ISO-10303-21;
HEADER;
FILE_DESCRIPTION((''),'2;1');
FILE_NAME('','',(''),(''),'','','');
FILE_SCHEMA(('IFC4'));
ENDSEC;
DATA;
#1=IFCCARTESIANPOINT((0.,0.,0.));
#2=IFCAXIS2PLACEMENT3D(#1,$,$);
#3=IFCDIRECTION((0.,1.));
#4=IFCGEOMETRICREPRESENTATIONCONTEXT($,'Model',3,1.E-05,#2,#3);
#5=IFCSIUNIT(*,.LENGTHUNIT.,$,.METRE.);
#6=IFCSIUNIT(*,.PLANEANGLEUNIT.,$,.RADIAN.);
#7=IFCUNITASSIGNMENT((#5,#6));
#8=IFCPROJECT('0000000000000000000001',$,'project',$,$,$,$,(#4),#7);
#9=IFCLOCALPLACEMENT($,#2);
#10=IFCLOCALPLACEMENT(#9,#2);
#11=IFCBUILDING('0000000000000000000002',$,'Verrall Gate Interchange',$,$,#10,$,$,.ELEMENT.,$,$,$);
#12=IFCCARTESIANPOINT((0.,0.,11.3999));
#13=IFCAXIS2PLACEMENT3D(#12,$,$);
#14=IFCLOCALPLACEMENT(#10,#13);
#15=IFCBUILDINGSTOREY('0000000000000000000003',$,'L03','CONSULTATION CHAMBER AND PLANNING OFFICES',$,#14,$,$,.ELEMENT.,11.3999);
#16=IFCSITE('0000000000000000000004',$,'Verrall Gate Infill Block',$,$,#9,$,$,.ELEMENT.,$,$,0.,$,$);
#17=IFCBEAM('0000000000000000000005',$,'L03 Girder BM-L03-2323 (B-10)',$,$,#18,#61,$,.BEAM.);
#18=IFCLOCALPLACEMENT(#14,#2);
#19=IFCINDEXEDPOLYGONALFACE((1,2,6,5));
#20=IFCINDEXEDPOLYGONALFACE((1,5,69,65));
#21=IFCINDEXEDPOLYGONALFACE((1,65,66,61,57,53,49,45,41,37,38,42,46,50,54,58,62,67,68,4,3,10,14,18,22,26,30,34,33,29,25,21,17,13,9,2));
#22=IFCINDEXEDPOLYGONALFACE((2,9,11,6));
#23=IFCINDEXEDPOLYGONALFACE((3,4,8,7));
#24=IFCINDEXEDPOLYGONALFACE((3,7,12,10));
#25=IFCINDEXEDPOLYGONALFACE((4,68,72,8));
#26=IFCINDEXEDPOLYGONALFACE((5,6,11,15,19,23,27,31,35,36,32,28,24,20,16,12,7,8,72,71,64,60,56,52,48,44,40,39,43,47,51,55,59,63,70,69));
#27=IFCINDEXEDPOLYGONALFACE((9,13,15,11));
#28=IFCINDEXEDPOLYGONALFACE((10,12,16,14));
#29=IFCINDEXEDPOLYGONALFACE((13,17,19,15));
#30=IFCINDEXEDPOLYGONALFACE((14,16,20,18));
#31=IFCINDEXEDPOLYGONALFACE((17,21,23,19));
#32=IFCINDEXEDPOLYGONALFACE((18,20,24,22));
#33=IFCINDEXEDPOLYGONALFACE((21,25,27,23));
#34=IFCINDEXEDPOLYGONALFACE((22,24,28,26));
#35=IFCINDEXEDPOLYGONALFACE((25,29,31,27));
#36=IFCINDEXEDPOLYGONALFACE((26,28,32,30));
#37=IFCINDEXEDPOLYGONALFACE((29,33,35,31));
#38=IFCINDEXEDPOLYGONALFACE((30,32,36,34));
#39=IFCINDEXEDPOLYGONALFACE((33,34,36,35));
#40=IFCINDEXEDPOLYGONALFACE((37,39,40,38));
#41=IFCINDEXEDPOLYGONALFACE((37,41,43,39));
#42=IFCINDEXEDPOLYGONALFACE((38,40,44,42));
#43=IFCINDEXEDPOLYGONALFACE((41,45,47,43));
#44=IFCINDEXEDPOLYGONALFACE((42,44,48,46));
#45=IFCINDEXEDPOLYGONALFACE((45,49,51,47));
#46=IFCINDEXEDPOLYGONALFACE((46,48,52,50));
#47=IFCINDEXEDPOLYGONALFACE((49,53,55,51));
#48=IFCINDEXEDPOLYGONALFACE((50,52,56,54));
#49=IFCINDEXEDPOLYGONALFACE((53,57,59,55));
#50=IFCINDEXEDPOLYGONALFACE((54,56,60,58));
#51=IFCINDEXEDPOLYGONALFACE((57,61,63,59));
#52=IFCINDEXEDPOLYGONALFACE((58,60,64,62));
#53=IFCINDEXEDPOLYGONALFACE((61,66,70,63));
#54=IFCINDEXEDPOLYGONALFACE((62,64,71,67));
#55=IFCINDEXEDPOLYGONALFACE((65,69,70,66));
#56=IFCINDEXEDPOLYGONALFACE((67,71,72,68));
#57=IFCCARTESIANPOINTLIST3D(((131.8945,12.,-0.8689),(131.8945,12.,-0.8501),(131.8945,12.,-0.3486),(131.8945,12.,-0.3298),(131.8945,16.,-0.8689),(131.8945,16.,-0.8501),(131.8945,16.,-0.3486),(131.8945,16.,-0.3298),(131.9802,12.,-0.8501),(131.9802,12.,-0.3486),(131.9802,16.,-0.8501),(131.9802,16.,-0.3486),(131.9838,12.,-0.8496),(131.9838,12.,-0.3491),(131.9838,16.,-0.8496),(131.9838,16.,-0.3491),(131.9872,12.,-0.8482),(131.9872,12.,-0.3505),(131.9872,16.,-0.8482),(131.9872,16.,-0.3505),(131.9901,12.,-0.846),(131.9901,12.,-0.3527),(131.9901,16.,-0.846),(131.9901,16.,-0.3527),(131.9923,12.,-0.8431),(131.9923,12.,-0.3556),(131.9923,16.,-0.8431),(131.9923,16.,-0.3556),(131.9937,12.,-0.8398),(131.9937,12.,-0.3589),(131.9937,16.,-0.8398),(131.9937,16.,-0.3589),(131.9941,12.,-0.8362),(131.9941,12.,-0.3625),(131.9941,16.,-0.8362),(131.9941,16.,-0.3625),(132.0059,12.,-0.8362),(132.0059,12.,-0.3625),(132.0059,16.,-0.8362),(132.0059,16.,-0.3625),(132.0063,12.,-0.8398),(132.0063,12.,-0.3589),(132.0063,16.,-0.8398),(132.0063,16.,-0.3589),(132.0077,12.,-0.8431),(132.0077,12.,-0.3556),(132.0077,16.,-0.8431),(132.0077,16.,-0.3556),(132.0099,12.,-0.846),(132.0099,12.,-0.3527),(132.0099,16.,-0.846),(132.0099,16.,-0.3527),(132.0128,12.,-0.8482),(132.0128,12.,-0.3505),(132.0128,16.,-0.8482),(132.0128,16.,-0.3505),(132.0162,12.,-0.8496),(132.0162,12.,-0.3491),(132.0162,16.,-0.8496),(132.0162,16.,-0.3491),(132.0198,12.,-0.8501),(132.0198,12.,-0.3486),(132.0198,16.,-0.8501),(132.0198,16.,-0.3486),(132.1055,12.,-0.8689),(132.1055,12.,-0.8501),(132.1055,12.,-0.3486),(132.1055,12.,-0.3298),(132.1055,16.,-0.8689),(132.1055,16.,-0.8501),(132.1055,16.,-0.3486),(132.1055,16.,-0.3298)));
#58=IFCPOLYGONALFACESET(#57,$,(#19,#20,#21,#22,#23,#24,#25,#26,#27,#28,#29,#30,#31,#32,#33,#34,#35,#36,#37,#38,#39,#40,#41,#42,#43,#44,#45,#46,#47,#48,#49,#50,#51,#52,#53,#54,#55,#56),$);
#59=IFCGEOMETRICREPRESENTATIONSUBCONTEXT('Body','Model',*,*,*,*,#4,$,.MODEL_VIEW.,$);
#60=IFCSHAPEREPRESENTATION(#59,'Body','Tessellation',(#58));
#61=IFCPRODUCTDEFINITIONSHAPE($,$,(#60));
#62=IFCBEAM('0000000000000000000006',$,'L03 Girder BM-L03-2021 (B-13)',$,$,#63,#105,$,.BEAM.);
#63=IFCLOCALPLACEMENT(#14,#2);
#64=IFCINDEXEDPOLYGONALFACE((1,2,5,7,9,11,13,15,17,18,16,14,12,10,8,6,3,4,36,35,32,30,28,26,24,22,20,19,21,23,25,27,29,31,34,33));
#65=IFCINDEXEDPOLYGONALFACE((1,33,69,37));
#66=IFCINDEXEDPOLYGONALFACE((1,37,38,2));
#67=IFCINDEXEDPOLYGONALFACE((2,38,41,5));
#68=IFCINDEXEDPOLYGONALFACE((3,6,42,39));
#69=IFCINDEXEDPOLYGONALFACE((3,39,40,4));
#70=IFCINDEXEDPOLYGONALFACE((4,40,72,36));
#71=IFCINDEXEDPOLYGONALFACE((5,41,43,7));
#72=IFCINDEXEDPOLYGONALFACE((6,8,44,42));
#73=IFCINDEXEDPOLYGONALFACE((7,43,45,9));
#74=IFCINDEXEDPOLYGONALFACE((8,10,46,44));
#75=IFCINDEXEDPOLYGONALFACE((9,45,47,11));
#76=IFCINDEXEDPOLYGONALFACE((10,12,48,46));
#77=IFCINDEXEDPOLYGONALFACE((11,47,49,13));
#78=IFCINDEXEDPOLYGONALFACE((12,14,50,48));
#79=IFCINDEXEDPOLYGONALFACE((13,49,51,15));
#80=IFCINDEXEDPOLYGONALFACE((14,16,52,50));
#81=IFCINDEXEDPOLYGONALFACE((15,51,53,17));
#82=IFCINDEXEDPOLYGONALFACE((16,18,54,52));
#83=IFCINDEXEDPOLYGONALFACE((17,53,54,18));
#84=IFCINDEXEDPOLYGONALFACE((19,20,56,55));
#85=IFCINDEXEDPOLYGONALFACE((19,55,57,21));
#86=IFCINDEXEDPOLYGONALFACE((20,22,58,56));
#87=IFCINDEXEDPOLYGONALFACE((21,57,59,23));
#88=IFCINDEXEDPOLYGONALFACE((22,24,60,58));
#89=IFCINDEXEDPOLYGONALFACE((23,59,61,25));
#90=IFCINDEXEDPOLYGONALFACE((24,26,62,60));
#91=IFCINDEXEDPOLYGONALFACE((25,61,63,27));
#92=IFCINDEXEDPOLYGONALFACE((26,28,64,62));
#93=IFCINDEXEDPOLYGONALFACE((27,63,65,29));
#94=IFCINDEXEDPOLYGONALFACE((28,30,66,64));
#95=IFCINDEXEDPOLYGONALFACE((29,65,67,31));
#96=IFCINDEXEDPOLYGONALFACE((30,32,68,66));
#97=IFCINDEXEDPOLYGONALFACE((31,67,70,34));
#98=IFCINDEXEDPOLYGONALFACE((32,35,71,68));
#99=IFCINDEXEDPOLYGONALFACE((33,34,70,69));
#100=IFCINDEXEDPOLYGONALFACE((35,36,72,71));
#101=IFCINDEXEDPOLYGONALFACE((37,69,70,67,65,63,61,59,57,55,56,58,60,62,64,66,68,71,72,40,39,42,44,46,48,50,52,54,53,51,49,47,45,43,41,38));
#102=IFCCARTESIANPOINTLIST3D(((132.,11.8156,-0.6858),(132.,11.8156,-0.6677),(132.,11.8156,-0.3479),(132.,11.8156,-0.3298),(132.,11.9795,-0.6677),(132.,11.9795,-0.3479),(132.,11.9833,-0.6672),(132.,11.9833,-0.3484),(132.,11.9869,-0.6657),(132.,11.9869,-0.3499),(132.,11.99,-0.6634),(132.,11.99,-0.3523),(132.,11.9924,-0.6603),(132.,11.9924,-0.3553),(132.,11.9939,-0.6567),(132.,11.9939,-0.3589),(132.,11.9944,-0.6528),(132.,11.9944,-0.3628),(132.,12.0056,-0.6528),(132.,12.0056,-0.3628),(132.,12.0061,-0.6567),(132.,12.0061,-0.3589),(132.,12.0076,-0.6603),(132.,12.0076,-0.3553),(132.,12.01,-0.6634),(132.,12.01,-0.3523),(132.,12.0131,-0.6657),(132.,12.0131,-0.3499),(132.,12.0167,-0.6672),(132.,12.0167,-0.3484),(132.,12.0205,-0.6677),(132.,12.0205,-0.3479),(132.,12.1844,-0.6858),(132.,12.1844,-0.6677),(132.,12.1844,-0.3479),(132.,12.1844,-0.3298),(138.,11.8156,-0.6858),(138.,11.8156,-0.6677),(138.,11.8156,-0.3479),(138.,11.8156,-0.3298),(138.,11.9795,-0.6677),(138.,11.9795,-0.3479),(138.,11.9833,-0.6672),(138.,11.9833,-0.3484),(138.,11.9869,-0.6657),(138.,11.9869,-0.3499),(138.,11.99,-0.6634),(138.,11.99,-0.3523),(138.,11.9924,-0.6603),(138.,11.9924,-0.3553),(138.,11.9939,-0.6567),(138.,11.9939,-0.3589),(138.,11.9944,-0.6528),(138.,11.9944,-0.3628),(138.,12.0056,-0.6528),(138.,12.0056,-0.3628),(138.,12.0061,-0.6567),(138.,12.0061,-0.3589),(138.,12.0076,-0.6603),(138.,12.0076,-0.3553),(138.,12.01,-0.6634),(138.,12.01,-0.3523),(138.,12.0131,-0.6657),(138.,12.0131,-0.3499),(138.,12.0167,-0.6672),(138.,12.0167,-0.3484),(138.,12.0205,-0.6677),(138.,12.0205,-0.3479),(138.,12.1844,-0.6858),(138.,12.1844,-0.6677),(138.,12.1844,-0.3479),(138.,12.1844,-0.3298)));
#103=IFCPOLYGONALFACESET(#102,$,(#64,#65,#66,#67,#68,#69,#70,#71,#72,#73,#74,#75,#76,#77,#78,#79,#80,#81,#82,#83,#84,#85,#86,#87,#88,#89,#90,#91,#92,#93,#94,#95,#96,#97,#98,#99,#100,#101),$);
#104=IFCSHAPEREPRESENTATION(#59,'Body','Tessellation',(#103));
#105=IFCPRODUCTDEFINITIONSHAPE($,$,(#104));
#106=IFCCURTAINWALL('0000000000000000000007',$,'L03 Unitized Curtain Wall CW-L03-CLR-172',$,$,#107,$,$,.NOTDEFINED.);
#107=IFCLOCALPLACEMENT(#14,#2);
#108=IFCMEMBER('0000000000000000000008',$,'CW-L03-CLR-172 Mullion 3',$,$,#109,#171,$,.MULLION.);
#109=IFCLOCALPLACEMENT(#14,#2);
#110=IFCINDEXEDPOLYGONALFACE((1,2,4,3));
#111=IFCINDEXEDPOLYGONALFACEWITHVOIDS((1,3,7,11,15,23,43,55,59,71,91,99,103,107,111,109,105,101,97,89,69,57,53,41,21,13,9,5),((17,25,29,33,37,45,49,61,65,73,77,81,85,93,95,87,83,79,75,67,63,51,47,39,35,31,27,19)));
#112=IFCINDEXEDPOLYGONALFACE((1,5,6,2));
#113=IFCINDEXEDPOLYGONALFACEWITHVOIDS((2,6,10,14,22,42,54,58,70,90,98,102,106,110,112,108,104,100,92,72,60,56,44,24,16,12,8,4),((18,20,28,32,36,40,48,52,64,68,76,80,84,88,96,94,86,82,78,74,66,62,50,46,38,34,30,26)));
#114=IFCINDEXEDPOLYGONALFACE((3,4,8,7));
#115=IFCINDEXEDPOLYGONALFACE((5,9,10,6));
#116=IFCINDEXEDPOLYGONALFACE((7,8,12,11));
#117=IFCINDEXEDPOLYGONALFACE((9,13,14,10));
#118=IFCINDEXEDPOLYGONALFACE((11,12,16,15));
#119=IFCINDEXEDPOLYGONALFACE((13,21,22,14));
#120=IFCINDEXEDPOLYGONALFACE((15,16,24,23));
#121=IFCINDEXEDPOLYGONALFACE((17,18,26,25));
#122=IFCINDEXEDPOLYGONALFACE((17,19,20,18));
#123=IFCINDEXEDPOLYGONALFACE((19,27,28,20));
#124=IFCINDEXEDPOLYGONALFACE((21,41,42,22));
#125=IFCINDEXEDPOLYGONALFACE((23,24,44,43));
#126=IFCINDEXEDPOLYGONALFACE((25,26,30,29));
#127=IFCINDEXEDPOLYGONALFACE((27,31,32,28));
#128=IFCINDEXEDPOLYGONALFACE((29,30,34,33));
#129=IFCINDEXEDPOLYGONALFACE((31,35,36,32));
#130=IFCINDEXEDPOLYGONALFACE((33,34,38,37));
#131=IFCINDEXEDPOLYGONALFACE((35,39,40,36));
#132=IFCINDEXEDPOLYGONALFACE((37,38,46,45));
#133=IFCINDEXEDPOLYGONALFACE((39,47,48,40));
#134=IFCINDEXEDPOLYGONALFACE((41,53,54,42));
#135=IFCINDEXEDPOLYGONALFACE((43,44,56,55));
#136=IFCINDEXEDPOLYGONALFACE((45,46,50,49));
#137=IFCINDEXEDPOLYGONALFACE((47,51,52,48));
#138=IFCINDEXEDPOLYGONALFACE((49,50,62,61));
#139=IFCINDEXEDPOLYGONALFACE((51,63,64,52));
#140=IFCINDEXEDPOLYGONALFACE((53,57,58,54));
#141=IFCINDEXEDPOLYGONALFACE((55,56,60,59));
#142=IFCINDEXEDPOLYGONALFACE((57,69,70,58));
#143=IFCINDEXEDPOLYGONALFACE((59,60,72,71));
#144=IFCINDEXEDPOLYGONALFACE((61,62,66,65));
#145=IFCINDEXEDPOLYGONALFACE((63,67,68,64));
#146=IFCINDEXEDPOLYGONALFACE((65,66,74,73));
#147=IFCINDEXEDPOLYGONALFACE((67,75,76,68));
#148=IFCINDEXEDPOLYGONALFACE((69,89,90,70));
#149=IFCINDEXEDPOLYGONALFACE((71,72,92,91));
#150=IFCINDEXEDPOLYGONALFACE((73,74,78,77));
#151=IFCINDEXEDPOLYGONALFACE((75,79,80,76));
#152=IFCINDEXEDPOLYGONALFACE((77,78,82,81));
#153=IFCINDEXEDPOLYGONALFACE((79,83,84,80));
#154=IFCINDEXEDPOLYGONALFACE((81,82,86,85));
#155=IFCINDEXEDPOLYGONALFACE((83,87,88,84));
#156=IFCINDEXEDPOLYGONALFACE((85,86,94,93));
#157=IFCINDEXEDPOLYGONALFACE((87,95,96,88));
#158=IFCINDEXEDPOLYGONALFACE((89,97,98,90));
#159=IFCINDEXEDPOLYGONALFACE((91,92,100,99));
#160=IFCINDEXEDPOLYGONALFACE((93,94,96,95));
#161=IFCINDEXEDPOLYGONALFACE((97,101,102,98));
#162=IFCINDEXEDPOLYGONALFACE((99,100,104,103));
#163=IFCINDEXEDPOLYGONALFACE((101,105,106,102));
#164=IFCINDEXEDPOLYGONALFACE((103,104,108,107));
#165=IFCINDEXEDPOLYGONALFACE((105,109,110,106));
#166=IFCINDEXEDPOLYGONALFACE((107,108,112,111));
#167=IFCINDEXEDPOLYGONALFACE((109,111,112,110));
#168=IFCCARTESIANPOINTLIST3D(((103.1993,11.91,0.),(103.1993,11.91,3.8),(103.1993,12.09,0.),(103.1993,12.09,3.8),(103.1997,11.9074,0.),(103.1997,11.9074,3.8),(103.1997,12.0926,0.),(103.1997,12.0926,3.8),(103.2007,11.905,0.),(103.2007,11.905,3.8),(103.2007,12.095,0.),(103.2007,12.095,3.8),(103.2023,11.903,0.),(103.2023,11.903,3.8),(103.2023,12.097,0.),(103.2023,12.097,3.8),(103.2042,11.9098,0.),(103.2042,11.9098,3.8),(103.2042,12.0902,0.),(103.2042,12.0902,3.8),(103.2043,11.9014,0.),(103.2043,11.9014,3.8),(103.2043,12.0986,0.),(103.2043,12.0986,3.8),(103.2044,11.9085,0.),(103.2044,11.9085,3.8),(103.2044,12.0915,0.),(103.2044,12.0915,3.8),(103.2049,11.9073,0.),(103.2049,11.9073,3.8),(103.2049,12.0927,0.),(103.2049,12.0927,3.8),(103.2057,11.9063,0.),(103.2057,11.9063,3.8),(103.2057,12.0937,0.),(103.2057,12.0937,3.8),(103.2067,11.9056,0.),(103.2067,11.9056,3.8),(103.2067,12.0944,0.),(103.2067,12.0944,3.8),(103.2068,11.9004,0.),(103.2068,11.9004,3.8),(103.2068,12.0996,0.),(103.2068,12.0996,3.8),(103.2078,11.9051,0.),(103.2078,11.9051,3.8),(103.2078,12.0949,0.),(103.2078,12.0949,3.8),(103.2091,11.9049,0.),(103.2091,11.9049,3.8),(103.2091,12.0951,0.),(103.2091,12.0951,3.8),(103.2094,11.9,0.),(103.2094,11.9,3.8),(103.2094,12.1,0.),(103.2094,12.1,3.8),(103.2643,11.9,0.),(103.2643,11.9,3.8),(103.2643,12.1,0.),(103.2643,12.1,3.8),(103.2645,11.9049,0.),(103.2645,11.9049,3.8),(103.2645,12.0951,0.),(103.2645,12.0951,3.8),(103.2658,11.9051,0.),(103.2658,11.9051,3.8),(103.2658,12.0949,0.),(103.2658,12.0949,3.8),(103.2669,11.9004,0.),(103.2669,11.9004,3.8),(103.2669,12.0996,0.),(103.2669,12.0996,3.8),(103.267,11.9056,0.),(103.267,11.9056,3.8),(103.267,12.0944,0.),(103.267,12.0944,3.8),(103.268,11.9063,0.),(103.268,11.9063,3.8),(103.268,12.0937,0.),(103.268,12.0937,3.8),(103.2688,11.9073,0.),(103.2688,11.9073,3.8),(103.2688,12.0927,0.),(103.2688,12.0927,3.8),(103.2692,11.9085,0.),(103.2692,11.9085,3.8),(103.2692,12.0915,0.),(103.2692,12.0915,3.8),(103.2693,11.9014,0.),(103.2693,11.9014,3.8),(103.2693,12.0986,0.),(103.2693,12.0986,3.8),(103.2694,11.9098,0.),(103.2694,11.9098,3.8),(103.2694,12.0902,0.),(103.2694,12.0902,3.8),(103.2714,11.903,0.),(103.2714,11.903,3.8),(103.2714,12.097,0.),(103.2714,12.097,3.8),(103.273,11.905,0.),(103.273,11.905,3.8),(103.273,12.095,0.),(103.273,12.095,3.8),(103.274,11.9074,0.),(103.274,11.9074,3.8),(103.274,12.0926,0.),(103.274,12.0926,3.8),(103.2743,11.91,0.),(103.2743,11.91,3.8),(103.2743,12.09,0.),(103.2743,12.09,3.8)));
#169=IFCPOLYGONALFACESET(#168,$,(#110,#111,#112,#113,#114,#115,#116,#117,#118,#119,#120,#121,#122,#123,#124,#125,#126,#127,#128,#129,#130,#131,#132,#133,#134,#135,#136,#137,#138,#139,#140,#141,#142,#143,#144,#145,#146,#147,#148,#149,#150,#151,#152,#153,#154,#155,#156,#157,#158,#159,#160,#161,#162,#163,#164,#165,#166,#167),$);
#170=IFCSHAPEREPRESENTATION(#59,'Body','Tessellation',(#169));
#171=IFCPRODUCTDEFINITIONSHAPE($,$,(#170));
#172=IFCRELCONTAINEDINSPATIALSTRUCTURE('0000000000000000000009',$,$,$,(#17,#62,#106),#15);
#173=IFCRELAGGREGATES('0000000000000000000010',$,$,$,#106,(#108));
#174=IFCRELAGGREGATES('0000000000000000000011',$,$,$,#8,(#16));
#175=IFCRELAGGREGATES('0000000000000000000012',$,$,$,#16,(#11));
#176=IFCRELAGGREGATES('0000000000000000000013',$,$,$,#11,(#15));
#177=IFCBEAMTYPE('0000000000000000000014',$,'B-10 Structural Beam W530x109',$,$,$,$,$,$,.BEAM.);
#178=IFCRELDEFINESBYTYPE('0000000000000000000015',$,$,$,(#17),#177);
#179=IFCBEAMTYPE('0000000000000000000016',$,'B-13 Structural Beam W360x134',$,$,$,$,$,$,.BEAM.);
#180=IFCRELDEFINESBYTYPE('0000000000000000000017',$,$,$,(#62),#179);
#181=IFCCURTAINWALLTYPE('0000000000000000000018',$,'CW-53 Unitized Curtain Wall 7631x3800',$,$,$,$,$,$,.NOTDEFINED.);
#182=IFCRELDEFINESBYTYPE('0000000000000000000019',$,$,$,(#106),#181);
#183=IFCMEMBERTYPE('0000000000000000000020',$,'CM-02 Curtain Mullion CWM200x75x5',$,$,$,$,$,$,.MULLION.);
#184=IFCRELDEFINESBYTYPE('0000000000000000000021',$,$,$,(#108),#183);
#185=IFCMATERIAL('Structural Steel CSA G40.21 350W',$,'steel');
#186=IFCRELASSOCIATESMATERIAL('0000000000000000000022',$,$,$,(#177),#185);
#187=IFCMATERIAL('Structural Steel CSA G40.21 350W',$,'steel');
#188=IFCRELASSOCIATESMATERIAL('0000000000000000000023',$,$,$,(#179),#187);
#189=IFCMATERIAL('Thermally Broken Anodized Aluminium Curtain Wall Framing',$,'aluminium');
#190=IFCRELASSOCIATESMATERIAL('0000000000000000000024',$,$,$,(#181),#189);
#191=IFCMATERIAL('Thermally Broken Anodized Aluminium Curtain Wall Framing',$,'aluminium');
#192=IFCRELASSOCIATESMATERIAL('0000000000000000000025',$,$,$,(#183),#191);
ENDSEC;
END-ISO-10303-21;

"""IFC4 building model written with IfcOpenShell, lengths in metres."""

from ifc_helpers import new_model, si_unit, direction, frame, origin, origin_2d, place, context, subcontext, project, spatial, hollow_rectangle, i_section, extrude, material, material_profile, profile_set, type_object, element, aggregate, save


model = new_model("IFC4")

# Units and contexts
model_context = context("Model", 3, precision=1e-05, world=origin(), true_north=direction((0.0, 1.0)))
body_context = subcontext(model_context, "Body", "Model", "MODEL_VIEW")
ifc_project = project(units=[si_unit("LENGTHUNIT", "METRE"), si_unit("PLANEANGLEUNIT", "RADIAN")], contexts=[model_context])

# Site, building, storey
site_placement = place(None, origin())
site = spatial("IfcSite", under=ifc_project, at=site_placement, Name="Verrall Gate Infill Block", CompositionType="ELEMENT", RefElevation=0.0)
building_placement = place(site_placement, origin())
building = spatial("IfcBuilding", under=site, at=building_placement, Name="Verrall Gate Interchange", CompositionType="ELEMENT")
storey_placement = place(building_placement, frame((0.0, 0.0, 11.3999)))
storey = spatial("IfcBuildingStorey", under=building, at=storey_placement, Name="L03", Description="CONSULTATION CHAMBER AND PLANNING OFFICES", CompositionType="ELEMENT", Elevation=11.3999)

# Beams
ifc_material_1 = material(Name="Structural Steel CSA G40.21 350W", Category="steel")
ifc_material_profile_1 = material_profile(ifc_material_1, i_section(OverallWidth=0.2109, OverallDepth=0.5391, WebThickness=0.0117, FlangeThickness=0.0188, FilletRadius=0.0139, at=origin_2d()), Name="W530x109")
ifc_profile_set_1 = profile_set([ifc_material_profile_1], Name="Structural Steel CSA G40.21 350W")
beam_type_1 = type_object("IfcBeamType", Name="B-10 Structural Beam W530x109", PredefinedType="BEAM", material=ifc_profile_set_1)
beam_1_placement = place(storey_placement, frame((132.0, 12.0, -0.5994), z_axis=(0.0, 1.0, 0.0), x_axis=(-1.0, 0.0, 0.0)))
element("IfcBeam", 1, at=beam_1_placement, inside=storey, type_object=beam_type_1, Name="L03 Girder BM-L03-2323 (B-10)", PredefinedType="BEAM", context=body_context, shape_type="SweptSolid", body=[
    extrude(i_section(OverallWidth=0.2109, OverallDepth=0.5391, WebThickness=0.0117, FlangeThickness=0.0188, FilletRadius=0.0139, at=origin_2d()), origin(), (0.0, 0.0, 1.0), 4.0),
])
ifc_material_2 = material(Name="Structural Steel CSA G40.21 350W", Category="steel")
ifc_material_profile_2 = material_profile(ifc_material_2, i_section(OverallWidth=0.3689, OverallDepth=0.356, WebThickness=0.0112, FlangeThickness=0.0181, FilletRadius=0.0149, at=origin_2d()), Name="W360x134")
ifc_profile_set_2 = profile_set([ifc_material_profile_2], Name="Structural Steel CSA G40.21 350W")
beam_type_2 = type_object("IfcBeamType", Name="B-13 Structural Beam W360x134", PredefinedType="BEAM", material=ifc_profile_set_2)
beam_2_placement = place(storey_placement, frame((132.0, 12.0, -0.5078), z_axis=(1.0, 0.0, 0.0), x_axis=(0.0, 1.0, 0.0)))
element("IfcBeam", 2, at=beam_2_placement, inside=storey, type_object=beam_type_2, Name="L03 Girder BM-L03-2021 (B-13)", PredefinedType="BEAM", context=body_context, shape_type="SweptSolid", body=[
    extrude(i_section(OverallWidth=0.3689, OverallDepth=0.356, WebThickness=0.0112, FlangeThickness=0.0181, FilletRadius=0.0149, at=origin_2d()), origin(), (0.0, 0.0, 1.0), 6.0),
])

# Curtain wall, member
ifc_material_3 = material(Name="Thermally Broken Anodized Aluminium Curtain Wall Framing", Category="aluminium")
curtain_wall_type = type_object("IfcCurtainWallType", Name="CW-53 Unitized Curtain Wall 7631x3800", PredefinedType="NOTDEFINED", material=ifc_material_3)
curtain_wall_placement = place(storey_placement, origin())
curtain_wall = element("IfcCurtainWall", 3, at=curtain_wall_placement, inside=storey, type_object=curtain_wall_type, Name="L03 Unitized Curtain Wall CW-L03-CLR-172", PredefinedType="NOTDEFINED")
ifc_material_4 = material(Name="Thermally Broken Anodized Aluminium Curtain Wall Framing", Category="aluminium")
ifc_material_profile_3 = material_profile(ifc_material_4, hollow_rectangle(XDim=0.075, YDim=0.2, WallThickness=0.0049, InnerFilletRadius=0.0049, OuterFilletRadius=0.01, at=origin_2d()), Name="CWM200x75x5")
ifc_profile_set_3 = profile_set([ifc_material_profile_3], Name="Thermally Broken Anodized Aluminium Curtain Wall Framing")
member_type_1 = type_object("IfcMemberType", Name="CM-02 Curtain Mullion CWM200x75x5", PredefinedType="MULLION", material=ifc_profile_set_3)
member_1_placement = place(storey_placement, frame((103.2368, 12.0, 0.0), z_axis=(0.0, 0.0, 1.0), x_axis=(1.0, 0.0, 0.0)))
member_1 = element("IfcMember", 4, at=member_1_placement, type_object=member_type_1, Name="CW-L03-CLR-172 Mullion 3", PredefinedType="MULLION", context=body_context, shape_type="SweptSolid", body=[
    extrude(hollow_rectangle(XDim=0.075, YDim=0.2, WallThickness=0.0049, InnerFilletRadius=0.0049, OuterFilletRadius=0.01, at=origin_2d()), origin(), (0.0, 0.0, 1.0), 3.8),
])

aggregate(curtain_wall, [member_1])

save(model, "model.ifc")
